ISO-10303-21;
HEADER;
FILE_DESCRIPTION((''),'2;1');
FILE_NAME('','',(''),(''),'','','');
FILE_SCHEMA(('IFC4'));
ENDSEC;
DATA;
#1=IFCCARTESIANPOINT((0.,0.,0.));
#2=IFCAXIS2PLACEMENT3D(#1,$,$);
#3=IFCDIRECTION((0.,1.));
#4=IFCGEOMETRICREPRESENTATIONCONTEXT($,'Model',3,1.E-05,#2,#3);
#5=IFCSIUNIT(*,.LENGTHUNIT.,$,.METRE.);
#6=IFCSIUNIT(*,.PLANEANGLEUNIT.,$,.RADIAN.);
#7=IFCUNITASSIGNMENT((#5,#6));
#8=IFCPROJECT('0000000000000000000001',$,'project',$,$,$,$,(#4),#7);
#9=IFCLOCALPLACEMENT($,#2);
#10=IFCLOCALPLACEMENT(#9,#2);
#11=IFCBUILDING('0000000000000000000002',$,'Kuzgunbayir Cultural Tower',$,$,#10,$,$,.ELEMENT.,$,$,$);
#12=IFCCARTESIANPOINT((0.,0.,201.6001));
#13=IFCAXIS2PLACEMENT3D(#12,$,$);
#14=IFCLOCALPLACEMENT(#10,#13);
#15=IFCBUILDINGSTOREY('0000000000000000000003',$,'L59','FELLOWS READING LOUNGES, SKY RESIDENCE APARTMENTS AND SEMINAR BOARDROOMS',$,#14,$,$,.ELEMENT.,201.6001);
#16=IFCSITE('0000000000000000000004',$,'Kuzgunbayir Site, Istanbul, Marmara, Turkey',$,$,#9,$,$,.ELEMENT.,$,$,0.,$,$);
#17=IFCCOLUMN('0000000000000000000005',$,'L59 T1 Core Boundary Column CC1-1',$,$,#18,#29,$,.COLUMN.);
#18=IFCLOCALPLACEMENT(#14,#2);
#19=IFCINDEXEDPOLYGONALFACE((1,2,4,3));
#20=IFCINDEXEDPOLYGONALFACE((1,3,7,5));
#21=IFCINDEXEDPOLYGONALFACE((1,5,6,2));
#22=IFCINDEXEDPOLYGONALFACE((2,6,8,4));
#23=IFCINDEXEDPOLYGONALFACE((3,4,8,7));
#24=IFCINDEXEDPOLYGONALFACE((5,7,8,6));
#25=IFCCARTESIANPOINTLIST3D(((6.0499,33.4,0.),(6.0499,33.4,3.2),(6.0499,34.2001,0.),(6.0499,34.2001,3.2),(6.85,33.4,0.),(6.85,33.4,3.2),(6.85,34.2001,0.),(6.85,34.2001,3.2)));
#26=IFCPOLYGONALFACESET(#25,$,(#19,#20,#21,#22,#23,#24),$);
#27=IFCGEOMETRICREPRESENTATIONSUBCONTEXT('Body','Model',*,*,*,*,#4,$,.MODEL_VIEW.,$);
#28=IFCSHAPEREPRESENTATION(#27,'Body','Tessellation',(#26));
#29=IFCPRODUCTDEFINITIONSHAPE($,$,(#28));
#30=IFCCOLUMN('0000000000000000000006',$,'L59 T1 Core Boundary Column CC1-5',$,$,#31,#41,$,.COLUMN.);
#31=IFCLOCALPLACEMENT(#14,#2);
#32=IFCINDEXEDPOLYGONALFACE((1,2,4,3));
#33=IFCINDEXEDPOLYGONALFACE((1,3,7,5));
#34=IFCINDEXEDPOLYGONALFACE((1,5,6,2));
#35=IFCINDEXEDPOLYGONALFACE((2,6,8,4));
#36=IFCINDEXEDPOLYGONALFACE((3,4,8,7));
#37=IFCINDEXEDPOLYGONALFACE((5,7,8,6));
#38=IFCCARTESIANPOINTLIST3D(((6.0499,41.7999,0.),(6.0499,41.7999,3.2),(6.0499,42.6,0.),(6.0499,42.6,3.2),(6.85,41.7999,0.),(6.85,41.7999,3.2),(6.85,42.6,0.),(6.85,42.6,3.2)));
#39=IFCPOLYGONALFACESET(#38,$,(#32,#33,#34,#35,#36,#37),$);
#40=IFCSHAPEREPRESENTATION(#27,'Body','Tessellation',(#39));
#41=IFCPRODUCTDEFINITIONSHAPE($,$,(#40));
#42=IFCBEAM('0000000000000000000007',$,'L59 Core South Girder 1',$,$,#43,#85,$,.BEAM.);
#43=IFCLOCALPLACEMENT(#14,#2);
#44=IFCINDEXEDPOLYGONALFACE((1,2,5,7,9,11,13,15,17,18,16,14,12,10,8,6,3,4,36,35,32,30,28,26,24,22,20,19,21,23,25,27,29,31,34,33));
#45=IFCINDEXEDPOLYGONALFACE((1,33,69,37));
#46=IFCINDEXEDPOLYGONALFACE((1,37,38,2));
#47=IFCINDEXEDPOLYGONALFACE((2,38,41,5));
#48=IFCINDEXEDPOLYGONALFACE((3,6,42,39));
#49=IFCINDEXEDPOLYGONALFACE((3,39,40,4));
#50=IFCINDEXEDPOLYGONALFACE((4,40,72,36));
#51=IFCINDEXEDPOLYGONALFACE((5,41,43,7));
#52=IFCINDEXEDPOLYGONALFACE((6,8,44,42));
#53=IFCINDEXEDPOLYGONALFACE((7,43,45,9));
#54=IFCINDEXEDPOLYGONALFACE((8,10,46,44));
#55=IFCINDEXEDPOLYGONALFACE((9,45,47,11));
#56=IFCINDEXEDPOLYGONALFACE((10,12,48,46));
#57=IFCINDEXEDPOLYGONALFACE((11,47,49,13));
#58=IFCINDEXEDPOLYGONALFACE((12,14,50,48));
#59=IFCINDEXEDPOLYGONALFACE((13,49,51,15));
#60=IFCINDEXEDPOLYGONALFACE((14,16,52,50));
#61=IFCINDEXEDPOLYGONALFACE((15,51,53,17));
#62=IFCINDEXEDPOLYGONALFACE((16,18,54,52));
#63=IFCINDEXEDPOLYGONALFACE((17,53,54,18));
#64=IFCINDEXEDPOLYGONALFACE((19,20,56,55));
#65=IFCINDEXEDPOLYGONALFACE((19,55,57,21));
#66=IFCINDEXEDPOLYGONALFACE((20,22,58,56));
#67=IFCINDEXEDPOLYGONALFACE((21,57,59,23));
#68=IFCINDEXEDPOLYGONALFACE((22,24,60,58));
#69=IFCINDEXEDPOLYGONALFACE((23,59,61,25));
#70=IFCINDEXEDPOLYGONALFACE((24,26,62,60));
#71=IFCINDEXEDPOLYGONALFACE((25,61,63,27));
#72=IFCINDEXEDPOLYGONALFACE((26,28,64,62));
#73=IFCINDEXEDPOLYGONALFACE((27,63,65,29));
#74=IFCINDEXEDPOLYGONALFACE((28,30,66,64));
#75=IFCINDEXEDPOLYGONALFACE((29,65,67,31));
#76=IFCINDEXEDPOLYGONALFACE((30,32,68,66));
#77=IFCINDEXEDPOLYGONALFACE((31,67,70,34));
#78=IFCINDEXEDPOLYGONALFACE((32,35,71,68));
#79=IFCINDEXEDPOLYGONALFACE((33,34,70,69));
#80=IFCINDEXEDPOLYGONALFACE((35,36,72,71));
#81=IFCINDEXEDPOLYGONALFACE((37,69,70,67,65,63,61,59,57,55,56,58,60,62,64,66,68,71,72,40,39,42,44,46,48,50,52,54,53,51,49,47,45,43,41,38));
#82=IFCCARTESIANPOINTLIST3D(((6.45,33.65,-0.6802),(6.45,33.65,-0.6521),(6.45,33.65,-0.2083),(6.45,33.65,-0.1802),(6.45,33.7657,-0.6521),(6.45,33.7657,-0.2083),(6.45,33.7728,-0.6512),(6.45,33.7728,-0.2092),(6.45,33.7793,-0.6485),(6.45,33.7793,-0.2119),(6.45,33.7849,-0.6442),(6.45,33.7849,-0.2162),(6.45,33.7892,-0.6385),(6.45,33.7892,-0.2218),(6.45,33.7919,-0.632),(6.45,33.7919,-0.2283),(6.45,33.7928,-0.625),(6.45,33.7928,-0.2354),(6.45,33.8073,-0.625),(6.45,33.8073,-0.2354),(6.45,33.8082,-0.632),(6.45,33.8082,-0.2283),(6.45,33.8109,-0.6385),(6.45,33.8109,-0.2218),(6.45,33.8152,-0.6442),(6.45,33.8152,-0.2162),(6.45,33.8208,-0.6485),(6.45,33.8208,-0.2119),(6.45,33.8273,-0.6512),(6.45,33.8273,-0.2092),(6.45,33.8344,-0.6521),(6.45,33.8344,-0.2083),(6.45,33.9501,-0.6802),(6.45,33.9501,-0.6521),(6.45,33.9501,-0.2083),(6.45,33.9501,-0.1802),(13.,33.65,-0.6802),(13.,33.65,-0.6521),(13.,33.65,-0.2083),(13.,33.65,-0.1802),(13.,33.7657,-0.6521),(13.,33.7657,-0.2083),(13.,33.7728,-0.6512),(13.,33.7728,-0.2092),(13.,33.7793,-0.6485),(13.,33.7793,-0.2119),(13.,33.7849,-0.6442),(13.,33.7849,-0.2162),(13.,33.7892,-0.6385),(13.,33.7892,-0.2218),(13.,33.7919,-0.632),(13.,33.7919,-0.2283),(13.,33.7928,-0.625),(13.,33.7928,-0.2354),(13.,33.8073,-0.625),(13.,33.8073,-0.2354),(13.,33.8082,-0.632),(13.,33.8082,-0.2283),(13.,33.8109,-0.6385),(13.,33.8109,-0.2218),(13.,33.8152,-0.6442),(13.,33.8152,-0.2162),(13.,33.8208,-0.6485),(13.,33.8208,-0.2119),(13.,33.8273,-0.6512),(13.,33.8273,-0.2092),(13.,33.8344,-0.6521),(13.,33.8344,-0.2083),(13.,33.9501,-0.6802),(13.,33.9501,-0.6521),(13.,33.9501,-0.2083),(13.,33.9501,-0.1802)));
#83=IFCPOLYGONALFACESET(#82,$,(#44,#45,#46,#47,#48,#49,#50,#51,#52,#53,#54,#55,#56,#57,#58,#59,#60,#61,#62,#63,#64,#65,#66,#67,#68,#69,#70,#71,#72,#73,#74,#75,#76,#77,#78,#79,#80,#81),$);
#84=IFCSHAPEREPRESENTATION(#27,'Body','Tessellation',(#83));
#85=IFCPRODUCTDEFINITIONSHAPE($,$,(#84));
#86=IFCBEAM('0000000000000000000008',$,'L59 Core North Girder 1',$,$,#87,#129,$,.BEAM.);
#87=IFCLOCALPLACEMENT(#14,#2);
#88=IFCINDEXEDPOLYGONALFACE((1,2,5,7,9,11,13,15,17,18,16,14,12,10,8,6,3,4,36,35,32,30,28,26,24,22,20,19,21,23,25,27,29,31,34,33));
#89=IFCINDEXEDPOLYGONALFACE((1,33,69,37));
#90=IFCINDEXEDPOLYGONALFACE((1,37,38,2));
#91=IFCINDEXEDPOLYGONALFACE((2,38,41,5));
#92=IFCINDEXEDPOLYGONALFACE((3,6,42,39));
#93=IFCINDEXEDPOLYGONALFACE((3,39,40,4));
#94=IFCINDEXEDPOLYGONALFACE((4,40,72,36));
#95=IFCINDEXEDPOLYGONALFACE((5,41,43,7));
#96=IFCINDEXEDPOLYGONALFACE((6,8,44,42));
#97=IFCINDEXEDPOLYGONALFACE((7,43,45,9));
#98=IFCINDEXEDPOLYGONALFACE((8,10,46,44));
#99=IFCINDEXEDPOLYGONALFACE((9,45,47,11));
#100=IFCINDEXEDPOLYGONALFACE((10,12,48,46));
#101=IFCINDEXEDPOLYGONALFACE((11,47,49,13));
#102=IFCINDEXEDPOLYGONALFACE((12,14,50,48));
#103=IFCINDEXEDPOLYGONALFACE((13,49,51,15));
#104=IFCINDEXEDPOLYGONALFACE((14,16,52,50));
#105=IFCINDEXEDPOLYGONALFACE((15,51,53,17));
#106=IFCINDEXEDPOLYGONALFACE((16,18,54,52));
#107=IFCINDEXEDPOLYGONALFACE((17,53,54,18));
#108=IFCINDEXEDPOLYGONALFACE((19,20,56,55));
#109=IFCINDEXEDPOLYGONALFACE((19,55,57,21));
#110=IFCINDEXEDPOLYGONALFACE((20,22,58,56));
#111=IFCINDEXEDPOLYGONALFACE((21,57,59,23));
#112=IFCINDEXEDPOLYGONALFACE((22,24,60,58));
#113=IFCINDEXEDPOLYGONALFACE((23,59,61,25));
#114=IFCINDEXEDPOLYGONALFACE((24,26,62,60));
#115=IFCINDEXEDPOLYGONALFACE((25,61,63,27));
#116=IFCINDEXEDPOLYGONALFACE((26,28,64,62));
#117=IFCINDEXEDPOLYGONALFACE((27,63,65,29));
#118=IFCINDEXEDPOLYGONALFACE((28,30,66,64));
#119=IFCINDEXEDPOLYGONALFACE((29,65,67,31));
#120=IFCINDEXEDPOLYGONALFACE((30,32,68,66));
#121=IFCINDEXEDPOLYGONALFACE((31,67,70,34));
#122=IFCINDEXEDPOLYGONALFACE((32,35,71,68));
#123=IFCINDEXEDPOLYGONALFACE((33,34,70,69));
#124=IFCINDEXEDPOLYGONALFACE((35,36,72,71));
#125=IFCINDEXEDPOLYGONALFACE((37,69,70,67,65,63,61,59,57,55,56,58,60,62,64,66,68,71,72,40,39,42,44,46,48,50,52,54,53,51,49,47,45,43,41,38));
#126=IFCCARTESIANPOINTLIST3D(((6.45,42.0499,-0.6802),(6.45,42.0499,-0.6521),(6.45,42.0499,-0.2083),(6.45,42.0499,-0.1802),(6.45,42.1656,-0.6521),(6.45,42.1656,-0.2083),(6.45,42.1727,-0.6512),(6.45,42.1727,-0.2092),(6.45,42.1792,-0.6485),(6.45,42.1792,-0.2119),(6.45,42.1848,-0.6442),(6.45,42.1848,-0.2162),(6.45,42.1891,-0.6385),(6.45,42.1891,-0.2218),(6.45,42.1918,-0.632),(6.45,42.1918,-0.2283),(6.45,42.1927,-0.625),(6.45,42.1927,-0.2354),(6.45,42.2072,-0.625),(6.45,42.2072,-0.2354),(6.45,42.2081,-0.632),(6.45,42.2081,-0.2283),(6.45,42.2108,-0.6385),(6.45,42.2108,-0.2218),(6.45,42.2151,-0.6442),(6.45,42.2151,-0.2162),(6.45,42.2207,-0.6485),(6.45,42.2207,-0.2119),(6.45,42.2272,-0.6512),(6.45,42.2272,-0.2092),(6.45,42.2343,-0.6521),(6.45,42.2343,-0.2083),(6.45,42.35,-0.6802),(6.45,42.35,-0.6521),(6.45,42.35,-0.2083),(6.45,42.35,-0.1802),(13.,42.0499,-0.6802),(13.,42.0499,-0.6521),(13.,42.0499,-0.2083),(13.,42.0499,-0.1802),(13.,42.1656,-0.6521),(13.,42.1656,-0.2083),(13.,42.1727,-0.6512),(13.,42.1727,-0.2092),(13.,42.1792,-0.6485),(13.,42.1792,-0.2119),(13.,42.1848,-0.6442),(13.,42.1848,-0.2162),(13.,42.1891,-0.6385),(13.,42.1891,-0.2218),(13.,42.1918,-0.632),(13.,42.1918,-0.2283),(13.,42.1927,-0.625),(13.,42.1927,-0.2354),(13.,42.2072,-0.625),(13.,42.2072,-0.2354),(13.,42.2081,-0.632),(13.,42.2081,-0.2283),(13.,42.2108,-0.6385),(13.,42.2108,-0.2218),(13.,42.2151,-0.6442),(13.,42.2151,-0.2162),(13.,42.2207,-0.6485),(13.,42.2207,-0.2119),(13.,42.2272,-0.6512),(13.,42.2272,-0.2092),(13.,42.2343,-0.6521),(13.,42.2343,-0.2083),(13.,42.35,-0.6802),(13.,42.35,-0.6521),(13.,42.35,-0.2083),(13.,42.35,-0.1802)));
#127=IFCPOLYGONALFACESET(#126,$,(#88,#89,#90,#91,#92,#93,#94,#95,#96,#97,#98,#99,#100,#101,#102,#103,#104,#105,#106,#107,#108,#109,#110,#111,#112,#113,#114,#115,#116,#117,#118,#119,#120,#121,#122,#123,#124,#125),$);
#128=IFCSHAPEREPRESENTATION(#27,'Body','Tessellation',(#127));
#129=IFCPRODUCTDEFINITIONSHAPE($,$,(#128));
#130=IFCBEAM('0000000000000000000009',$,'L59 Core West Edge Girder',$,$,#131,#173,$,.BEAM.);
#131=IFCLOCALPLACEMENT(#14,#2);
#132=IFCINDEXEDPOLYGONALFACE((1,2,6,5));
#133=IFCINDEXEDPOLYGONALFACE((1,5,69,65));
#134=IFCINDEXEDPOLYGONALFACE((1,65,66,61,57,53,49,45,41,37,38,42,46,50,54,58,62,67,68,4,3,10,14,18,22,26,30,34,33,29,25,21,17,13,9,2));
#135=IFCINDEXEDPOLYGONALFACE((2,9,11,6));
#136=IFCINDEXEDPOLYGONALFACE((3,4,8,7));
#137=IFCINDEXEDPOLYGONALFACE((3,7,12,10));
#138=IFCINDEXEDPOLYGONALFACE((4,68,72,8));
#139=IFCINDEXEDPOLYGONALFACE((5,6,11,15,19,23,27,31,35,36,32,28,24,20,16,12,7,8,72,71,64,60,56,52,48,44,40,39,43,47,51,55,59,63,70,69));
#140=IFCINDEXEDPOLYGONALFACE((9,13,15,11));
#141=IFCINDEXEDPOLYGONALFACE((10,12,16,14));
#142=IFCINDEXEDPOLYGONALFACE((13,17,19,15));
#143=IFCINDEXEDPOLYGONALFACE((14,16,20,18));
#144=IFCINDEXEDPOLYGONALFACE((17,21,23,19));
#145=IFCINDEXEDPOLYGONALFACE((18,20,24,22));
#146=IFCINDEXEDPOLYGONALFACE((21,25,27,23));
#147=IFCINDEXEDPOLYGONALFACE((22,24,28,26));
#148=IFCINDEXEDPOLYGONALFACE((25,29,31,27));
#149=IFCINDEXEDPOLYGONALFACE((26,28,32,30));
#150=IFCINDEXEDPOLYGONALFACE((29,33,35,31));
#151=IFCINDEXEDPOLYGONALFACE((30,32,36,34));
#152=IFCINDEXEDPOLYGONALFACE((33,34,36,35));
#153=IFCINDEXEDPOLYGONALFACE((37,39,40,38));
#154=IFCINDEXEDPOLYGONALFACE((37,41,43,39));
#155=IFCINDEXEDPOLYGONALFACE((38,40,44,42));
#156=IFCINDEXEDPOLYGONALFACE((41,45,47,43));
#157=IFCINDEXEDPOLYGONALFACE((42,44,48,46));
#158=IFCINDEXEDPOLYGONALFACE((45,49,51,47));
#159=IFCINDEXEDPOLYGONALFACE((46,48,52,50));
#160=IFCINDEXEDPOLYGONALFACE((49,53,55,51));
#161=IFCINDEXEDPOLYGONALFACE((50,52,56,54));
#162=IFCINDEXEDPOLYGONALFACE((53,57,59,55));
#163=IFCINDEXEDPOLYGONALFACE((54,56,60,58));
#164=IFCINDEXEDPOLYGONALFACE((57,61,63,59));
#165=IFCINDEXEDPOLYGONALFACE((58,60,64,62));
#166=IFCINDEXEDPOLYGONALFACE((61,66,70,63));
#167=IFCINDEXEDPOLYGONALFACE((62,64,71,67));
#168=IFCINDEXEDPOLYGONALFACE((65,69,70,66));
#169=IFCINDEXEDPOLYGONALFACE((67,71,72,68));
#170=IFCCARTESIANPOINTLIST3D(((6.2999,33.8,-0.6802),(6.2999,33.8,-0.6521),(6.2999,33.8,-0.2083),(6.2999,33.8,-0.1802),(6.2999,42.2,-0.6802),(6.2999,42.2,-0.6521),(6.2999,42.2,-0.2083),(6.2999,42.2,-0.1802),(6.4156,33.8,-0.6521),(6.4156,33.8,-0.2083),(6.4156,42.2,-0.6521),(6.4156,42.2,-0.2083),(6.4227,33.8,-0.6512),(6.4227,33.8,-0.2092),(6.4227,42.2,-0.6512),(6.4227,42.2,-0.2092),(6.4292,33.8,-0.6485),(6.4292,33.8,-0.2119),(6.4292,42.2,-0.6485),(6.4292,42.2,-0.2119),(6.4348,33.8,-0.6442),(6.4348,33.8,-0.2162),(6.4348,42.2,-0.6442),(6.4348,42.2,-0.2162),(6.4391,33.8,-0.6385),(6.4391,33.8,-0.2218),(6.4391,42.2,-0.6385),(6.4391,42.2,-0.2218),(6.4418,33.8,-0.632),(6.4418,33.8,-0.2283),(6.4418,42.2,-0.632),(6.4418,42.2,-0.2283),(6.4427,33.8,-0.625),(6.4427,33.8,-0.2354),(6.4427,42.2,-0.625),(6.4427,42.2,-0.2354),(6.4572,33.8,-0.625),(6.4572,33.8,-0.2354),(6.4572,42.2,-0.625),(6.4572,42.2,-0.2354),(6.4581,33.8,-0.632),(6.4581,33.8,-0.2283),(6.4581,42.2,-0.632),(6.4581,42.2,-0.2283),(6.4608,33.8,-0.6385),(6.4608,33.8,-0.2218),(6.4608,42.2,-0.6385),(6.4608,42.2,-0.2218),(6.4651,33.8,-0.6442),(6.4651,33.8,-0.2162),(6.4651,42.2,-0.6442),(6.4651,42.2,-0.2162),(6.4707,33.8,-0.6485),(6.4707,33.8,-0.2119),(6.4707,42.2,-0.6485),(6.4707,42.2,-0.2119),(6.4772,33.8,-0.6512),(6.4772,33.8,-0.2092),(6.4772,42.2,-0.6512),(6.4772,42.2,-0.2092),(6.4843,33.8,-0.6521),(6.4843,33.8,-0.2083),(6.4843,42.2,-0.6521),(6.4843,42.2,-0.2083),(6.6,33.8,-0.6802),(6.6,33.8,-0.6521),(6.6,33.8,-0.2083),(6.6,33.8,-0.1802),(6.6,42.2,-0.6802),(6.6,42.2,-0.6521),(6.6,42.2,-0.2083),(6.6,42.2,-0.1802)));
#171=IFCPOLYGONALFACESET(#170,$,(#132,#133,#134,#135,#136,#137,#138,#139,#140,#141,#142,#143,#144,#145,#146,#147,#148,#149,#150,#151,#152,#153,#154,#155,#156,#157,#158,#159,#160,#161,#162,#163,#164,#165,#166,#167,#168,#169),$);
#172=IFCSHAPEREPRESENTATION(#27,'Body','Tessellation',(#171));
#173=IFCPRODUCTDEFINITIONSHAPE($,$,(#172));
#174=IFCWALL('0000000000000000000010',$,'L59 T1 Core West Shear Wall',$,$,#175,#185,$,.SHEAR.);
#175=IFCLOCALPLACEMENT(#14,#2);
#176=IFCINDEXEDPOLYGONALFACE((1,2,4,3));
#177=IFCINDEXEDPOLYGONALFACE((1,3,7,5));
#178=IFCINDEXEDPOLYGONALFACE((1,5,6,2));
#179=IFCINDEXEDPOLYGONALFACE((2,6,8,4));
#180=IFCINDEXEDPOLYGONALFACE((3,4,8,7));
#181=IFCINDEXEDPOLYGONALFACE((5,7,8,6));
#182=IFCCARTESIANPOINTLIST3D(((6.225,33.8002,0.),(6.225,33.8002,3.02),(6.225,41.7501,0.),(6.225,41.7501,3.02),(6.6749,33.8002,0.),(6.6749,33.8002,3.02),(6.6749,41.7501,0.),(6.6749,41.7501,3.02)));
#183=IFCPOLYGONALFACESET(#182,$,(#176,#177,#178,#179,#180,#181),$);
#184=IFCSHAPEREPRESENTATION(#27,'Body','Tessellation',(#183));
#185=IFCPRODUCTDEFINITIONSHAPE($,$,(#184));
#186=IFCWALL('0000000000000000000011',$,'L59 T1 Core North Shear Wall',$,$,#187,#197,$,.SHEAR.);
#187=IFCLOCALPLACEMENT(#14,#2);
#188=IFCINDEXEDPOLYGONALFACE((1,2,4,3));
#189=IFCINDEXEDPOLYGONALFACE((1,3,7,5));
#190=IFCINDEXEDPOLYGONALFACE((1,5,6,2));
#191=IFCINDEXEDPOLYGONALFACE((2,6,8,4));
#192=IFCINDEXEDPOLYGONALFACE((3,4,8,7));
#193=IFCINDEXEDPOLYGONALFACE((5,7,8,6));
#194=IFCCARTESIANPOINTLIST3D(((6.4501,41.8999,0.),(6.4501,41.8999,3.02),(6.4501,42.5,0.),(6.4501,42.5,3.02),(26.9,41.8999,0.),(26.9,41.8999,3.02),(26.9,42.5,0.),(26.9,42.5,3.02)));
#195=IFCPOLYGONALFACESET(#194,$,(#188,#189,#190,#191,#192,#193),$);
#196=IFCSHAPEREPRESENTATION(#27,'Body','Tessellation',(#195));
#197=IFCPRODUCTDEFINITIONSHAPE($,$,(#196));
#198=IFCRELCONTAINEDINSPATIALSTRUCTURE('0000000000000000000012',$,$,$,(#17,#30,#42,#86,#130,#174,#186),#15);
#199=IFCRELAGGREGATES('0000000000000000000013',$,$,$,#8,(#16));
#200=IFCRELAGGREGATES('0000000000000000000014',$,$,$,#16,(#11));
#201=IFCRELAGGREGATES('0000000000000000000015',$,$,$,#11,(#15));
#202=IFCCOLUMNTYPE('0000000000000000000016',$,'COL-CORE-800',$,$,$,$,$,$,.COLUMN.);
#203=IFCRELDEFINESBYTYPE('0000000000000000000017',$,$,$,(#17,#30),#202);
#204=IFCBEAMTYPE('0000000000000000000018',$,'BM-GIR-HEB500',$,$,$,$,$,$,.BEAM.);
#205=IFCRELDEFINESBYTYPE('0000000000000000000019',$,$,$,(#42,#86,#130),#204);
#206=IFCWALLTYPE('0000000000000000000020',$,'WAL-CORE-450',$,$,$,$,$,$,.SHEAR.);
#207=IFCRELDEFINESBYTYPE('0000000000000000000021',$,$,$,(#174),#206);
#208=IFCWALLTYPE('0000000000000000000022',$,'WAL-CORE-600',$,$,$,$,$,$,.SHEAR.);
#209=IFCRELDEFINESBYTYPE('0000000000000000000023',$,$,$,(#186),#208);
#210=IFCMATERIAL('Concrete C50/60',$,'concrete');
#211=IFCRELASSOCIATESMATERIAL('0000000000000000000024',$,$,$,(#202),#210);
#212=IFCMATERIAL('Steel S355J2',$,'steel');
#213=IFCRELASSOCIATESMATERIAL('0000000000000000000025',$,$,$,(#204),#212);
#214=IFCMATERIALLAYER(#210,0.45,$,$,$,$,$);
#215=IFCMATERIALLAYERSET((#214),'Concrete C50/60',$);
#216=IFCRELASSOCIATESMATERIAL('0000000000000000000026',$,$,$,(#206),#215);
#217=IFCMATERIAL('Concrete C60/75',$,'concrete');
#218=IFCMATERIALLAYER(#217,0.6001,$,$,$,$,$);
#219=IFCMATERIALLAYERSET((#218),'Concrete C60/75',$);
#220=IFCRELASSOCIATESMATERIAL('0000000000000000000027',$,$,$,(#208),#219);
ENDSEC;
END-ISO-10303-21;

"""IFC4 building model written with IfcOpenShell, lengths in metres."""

from ifc_helpers import new_model, si_unit, direction, frame, frame_2d, origin, origin_2d, place, context, subcontext, project, spatial, rectangle, i_section, extrude, material, layer, layer_set, material_profile, profile_set, type_object, element, save


model = new_model("IFC4")

# Units and contexts
model_context = context("Model", 3, precision=1e-05, world=origin(), true_north=direction((0.0, 1.0)))
body_context = subcontext(model_context, "Body", "Model", "MODEL_VIEW")
ifc_project = project(units=[si_unit("LENGTHUNIT", "METRE"), si_unit("PLANEANGLEUNIT", "RADIAN")], contexts=[model_context])

# Site, building, storey
site_placement = place(None, origin())
site = spatial("IfcSite", under=ifc_project, at=site_placement, Name="Kuzgunbayir Site, Istanbul, Marmara, Turkey", CompositionType="ELEMENT", RefElevation=0.0)
building_placement = place(site_placement, origin())
building = spatial("IfcBuilding", under=site, at=building_placement, Name="Kuzgunbayir Cultural Tower", CompositionType="ELEMENT")
storey_placement = place(building_placement, frame((0.0, 0.0, 201.6001)))
storey = spatial("IfcBuildingStorey", under=building, at=storey_placement, Name="L59", Description="FELLOWS READING LOUNGES, SKY RESIDENCE APARTMENTS AND SEMINAR BOARDROOMS", CompositionType="ELEMENT", Elevation=201.6001)

# Columns
ifc_material_1 = material(Name="Concrete C50/60", Category="concrete")
ifc_material_profile_1 = material_profile(ifc_material_1, rectangle(XDim=0.8, YDim=0.8, at=origin_2d()), Name="RC 800x800")
ifc_profile_set_1 = profile_set([ifc_material_profile_1], Name="Concrete C50/60")
column_type = type_object("IfcColumnType", Name="COL-CORE-800", PredefinedType="COLUMN", material=ifc_profile_set_1)
for number, where, z_axis, x_axis, name in (
    (1, (6.45, 33.8, 0.0), (0.0, 0.0, 1.0), (1.0, 0.0, 0.0), "L59 T1 Core Boundary Column CC1-1"),
    (2, (6.45, 42.2, 0.0), (0.0, 0.0, 1.0), (1.0, 0.0, 0.0), "L59 T1 Core Boundary Column CC1-5"),
):
    element("IfcColumn", number, at=place(storey_placement, frame(where, z_axis=z_axis, x_axis=x_axis)), inside=storey, type_object=column_type, Name=name, PredefinedType="COLUMN", context=body_context, shape_type="SweptSolid", body=[
        extrude(rectangle(XDim=0.8, YDim=0.8, at=origin_2d()), origin(), (0.0, 0.0, 1.0), 3.2),
    ])

# Beams
ifc_material_2 = material(Name="Steel S355J2", Category="steel")
ifc_material_profile_2 = material_profile(ifc_material_2, i_section(OverallWidth=0.3, OverallDepth=0.5, WebThickness=0.0144, FlangeThickness=0.0281, FilletRadius=0.0271, at=origin_2d()), Name="HEB 500")
ifc_profile_set_2 = profile_set([ifc_material_profile_2], Name="Steel S355J2")
beam_type = type_object("IfcBeamType", Name="BM-GIR-HEB500", PredefinedType="BEAM", material=ifc_profile_set_2)
for number, where, z_axis, x_axis, name in (
    (3, (6.45, 33.8, -0.4302), (1.0, 0.0, 0.0), (0.0, 1.0, 0.0), "L59 Core South Girder 1"),
    (4, (6.45, 42.2, -0.4302), (1.0, 0.0, 0.0), (0.0, 1.0, 0.0), "L59 Core North Girder 1"),
):
    element("IfcBeam", number, at=place(storey_placement, frame(where, z_axis=z_axis, x_axis=x_axis)), inside=storey, type_object=beam_type, Name=name, PredefinedType="BEAM", context=body_context, shape_type="SweptSolid", body=[
        extrude(i_section(OverallWidth=0.3, OverallDepth=0.5, WebThickness=0.0144, FlangeThickness=0.0281, FilletRadius=0.0271, at=origin_2d()), origin(), (0.0, 0.0, 1.0), 6.55),
    ])
beam_placement = place(storey_placement, frame((6.45, 33.8, -0.4302), z_axis=(0.0, 1.0, 0.0), x_axis=(-1.0, 0.0, 0.0)))
element("IfcBeam", 5, at=beam_placement, inside=storey, type_object=beam_type, Name="L59 Core West Edge Girder", PredefinedType="BEAM", context=body_context, shape_type="SweptSolid", body=[
    extrude(i_section(OverallWidth=0.3, OverallDepth=0.5, WebThickness=0.0144, FlangeThickness=0.0281, FilletRadius=0.0271, at=origin_2d()), origin(), (0.0, 0.0, 1.0), 8.3999),
])

# Walls
ifc_layer_1 = layer(ifc_material_1, 0.45)
ifc_layer_set_1 = layer_set([ifc_layer_1], Name="Concrete C50/60")
wall_type_1 = type_object("IfcWallType", Name="WAL-CORE-450", PredefinedType="SHEAR", material=ifc_layer_set_1)
wall_1_placement = place(storey_placement, frame((6.45, 33.8, 0.0), z_axis=(0.0, 0.0, 1.0), x_axis=(0.0, 1.0, 0.0)))
element("IfcWall", 6, at=wall_1_placement, inside=storey, type_object=wall_type_1, Name="L59 T1 Core West Shear Wall", PredefinedType="SHEAR", context=body_context, shape_type="SweptSolid", body=[
    extrude(rectangle(XDim=7.95, YDim=0.45, at=frame_2d((3.9751, 0.0))), origin(), (0.0, 0.0, 1.0), 3.02),
])
ifc_material_3 = material(Name="Concrete C60/75", Category="concrete")
ifc_layer_2 = layer(ifc_material_3, 0.6001)
ifc_layer_set_2 = layer_set([ifc_layer_2], Name="Concrete C60/75")
wall_type_2 = type_object("IfcWallType", Name="WAL-CORE-600", PredefinedType="SHEAR", material=ifc_layer_set_2)
wall_2_placement = place(storey_placement, frame((6.45, 42.2, 0.0), z_axis=(0.0, 0.0, 1.0), x_axis=(1.0, 0.0, 0.0)))
element("IfcWall", 7, at=wall_2_placement, inside=storey, type_object=wall_type_2, Name="L59 T1 Core North Shear Wall", PredefinedType="SHEAR", context=body_context, shape_type="SweptSolid", body=[
    extrude(rectangle(XDim=20.45, YDim=0.6001, at=frame_2d((10.2251, 0.0))), origin(), (0.0, 0.0, 1.0), 3.02),
])

save(model, "model.ifc")
